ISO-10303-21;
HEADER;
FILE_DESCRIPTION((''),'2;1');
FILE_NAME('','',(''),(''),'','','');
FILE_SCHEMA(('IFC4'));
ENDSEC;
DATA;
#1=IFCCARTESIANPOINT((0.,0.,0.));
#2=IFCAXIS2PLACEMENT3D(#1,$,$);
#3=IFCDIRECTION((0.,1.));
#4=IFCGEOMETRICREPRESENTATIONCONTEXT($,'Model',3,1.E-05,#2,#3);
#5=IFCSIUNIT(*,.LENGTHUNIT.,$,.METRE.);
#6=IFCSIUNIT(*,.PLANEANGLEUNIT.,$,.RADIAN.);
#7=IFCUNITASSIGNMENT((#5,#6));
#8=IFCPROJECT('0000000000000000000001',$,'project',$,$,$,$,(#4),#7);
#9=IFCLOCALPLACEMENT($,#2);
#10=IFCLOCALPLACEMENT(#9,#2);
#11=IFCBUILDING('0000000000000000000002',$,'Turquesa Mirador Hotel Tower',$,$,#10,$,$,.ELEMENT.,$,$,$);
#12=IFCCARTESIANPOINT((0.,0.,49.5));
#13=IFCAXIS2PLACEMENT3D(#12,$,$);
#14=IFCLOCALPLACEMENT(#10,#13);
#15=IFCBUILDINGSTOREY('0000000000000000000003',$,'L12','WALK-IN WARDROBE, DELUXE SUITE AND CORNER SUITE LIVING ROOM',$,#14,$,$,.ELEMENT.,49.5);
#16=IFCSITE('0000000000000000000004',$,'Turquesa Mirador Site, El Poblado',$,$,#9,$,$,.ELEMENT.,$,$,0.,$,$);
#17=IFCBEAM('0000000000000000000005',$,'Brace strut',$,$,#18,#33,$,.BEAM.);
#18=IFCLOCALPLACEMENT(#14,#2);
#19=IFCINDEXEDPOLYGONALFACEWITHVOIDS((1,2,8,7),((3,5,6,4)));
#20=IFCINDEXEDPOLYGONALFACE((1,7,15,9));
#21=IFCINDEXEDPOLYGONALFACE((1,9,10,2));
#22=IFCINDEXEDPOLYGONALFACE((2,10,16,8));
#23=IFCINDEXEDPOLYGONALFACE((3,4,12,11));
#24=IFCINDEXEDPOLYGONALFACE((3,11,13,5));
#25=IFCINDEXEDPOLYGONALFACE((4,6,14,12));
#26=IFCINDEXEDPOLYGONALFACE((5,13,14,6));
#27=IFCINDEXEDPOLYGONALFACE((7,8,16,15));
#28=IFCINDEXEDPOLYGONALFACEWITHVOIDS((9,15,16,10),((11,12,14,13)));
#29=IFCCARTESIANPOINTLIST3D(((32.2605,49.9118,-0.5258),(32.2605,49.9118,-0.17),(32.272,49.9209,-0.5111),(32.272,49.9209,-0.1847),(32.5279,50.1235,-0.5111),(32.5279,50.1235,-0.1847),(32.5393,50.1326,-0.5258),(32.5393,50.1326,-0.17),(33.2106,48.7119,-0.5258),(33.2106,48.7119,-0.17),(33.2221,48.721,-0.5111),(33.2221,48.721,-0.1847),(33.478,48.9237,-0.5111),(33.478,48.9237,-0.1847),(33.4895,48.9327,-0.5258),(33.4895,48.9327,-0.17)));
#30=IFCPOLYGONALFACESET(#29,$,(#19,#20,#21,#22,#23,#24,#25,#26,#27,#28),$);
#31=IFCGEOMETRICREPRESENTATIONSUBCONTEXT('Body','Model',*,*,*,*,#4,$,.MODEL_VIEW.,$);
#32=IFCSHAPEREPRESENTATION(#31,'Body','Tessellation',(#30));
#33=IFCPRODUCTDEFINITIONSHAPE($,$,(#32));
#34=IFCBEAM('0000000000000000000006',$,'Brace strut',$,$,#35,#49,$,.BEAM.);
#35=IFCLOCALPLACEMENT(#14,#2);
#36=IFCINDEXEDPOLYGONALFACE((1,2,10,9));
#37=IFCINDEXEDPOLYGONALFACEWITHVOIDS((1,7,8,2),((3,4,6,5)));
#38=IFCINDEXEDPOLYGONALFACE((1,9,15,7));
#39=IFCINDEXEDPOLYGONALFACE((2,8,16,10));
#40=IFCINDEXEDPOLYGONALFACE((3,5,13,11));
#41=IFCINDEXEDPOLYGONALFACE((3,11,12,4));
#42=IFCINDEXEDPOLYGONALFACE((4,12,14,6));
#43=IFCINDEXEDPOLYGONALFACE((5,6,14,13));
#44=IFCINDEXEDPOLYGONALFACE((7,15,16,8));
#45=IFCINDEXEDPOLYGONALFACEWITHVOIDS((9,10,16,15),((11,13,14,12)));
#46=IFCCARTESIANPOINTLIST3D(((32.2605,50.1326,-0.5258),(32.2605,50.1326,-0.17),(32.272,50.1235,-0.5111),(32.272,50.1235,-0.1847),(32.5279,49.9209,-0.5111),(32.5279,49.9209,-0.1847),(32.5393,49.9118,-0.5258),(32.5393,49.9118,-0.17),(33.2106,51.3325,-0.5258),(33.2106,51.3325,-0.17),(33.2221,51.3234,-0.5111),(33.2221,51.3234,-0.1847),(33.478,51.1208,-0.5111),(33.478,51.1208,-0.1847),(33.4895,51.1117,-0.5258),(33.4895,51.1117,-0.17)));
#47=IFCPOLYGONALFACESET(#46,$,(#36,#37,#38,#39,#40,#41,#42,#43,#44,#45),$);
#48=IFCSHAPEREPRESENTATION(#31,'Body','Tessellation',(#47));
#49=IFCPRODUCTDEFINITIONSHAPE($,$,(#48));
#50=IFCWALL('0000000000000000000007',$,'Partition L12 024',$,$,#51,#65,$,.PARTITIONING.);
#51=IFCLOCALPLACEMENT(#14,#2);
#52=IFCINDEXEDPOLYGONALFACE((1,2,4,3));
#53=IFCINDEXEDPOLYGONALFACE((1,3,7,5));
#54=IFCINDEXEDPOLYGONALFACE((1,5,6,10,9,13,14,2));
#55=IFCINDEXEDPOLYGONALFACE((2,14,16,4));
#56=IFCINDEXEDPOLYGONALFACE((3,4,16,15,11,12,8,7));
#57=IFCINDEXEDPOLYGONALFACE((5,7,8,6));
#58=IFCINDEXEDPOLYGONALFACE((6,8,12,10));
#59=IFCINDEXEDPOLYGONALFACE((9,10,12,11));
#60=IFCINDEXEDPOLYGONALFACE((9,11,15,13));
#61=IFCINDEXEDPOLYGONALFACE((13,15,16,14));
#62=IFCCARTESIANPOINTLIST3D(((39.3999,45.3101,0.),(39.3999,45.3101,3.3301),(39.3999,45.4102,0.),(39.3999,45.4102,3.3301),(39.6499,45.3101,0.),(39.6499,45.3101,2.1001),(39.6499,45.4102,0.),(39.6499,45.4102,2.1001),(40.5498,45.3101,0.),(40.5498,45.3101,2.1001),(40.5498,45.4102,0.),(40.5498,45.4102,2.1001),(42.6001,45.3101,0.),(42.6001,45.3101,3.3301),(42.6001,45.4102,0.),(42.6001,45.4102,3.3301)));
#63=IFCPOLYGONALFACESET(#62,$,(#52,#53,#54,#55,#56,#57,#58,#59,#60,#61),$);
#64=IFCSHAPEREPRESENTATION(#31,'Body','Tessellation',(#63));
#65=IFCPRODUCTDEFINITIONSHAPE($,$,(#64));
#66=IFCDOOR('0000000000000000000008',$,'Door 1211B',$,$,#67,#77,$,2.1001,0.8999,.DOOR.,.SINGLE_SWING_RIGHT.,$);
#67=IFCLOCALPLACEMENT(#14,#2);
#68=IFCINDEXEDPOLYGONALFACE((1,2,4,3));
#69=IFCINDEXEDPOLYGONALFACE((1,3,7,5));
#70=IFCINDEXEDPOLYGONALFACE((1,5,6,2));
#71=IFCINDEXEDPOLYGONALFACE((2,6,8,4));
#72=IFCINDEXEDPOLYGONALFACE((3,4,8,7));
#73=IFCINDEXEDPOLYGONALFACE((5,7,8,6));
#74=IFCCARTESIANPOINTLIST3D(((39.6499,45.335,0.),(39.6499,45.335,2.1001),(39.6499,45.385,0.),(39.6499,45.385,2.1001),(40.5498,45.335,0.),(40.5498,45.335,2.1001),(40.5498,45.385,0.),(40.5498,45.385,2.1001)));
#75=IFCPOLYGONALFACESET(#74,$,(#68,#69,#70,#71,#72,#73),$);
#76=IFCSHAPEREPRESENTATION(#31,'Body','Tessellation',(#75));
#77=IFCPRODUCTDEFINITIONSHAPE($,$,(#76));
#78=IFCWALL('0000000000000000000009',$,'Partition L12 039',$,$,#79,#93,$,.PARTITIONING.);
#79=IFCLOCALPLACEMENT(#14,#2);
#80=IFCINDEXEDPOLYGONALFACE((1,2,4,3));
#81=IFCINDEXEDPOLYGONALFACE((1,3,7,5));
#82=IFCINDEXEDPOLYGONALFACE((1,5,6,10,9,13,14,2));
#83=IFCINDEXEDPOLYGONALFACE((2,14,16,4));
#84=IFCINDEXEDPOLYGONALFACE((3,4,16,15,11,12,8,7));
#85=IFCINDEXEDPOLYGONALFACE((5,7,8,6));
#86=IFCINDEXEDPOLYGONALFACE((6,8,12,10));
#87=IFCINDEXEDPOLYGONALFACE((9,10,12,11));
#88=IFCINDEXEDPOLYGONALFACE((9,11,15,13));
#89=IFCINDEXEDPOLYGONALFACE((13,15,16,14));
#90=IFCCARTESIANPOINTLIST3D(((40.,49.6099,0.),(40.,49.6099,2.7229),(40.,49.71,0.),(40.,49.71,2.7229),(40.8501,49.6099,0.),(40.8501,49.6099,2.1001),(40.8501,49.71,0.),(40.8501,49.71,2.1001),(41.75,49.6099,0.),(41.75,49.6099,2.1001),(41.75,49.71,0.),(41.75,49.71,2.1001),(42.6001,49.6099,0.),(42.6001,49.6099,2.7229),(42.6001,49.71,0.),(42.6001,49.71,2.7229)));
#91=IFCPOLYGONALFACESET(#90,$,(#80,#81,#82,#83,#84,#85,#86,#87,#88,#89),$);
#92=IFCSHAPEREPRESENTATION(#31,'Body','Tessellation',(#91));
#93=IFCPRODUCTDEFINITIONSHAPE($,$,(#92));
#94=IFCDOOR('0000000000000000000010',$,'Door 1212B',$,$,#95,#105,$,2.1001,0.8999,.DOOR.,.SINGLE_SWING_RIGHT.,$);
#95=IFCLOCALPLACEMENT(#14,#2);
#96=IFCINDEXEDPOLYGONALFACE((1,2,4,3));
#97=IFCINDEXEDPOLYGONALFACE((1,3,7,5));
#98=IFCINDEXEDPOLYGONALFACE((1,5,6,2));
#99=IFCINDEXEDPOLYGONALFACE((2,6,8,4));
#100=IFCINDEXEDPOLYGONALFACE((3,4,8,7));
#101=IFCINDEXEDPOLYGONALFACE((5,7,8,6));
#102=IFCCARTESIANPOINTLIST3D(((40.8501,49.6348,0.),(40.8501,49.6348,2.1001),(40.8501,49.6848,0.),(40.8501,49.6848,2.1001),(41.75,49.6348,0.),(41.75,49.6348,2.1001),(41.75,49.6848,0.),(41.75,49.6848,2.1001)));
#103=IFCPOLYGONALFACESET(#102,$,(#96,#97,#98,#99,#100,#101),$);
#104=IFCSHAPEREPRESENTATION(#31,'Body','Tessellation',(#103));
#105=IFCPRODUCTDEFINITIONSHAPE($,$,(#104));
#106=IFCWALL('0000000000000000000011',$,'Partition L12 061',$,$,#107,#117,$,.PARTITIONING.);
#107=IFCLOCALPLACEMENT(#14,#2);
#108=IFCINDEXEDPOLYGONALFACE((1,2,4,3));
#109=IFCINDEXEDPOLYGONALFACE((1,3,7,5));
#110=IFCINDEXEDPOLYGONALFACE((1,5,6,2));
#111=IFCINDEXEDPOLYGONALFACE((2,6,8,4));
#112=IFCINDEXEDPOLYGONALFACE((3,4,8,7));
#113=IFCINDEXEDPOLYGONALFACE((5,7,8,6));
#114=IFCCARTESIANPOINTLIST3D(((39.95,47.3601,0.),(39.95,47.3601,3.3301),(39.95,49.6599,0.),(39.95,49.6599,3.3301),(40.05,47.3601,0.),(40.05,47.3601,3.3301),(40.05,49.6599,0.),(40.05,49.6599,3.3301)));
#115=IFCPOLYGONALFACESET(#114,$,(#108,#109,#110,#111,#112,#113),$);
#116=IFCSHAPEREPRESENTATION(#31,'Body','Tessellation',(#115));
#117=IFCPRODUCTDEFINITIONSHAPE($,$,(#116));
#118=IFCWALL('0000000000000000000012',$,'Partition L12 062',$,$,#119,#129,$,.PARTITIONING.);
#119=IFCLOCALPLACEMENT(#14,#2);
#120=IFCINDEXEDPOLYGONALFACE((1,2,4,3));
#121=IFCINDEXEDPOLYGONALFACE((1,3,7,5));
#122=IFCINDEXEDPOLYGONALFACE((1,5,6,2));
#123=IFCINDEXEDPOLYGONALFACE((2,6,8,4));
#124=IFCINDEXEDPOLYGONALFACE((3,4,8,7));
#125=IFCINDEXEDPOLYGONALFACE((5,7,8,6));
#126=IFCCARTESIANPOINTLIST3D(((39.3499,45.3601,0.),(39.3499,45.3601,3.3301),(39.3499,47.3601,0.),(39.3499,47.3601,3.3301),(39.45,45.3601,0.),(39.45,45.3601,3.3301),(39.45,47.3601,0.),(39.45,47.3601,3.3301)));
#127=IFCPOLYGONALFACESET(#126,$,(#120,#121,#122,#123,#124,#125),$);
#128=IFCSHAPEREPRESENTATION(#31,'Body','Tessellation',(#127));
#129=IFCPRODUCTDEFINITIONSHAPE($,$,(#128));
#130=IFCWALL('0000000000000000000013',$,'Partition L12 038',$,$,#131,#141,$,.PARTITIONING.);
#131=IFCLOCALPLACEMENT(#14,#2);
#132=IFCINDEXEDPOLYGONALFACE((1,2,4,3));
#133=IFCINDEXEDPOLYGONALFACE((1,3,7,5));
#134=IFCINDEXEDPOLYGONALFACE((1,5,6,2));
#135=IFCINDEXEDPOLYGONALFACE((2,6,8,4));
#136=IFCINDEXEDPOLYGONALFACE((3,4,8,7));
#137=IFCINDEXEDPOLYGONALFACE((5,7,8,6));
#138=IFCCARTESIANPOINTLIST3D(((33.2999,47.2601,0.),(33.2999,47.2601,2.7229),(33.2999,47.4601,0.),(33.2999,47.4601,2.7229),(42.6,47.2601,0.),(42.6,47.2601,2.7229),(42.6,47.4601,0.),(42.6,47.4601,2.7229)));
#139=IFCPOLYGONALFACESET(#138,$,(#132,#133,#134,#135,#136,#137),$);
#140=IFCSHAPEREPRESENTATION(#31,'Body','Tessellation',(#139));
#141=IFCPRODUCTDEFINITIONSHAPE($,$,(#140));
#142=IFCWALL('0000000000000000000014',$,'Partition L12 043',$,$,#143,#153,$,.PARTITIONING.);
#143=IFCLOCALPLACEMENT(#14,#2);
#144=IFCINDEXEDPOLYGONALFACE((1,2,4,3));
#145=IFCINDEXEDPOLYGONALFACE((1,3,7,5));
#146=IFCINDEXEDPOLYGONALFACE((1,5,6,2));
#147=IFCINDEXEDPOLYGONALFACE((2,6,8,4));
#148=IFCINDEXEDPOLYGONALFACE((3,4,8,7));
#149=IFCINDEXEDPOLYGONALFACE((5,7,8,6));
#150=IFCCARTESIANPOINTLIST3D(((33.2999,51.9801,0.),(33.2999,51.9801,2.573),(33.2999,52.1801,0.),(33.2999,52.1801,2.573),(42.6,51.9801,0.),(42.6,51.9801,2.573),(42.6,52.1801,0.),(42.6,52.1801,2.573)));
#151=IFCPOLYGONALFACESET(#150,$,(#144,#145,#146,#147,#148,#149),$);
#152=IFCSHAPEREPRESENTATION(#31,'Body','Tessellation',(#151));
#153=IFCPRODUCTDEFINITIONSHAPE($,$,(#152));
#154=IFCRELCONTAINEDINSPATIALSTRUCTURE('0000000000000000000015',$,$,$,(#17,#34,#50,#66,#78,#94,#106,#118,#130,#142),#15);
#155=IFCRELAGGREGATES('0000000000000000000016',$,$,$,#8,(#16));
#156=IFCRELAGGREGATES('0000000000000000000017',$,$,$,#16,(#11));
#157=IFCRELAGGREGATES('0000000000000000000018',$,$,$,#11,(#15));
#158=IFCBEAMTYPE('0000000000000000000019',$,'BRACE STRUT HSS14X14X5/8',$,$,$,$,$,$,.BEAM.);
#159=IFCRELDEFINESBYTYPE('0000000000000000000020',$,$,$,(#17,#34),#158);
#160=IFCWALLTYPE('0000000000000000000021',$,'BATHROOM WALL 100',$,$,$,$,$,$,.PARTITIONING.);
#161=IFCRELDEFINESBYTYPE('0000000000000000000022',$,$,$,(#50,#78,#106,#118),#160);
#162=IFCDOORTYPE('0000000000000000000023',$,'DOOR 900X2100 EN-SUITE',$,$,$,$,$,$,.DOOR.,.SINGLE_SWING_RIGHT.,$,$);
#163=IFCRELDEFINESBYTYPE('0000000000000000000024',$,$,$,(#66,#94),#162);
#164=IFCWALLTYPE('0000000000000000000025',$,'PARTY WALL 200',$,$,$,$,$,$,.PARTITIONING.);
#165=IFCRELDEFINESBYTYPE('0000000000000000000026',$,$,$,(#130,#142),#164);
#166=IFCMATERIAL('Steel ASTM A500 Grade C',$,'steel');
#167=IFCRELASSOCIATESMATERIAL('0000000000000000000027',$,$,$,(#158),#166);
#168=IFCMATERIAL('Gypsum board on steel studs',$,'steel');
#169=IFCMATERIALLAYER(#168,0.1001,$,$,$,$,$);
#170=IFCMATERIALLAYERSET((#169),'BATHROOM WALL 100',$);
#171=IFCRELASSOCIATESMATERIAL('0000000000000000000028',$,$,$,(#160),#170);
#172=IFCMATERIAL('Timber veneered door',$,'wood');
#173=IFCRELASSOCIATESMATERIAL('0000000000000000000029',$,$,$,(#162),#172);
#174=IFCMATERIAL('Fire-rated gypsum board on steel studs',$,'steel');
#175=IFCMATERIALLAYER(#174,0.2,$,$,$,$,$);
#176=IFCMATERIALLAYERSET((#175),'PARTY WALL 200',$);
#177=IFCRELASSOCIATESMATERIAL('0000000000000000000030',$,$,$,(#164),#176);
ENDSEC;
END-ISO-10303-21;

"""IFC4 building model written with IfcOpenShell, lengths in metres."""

from ifc_helpers import new_model, si_unit, direction, frame, frame_2d, origin, origin_2d, place, context, subcontext, project, spatial, rectangle, hollow_rectangle, extrude, material, layer, layer_set, material_profile, profile_set, type_object, element, fill, save


model = new_model("IFC4")

# Units and contexts
model_context = context("Model", 3, precision=1e-05, world=origin(), true_north=direction((0.0, 1.0)))
body_context = subcontext(model_context, "Body", "Model", "MODEL_VIEW")
ifc_project = project(units=[si_unit("LENGTHUNIT", "METRE"), si_unit("PLANEANGLEUNIT", "RADIAN")], contexts=[model_context])

# Site, building, storey
site_placement = place(None, origin())
site = spatial("IfcSite", under=ifc_project, at=site_placement, Name="Turquesa Mirador Site, El Poblado", CompositionType="ELEMENT", RefElevation=0.0)
building_placement = place(site_placement, origin())
building = spatial("IfcBuilding", under=site, at=building_placement, Name="Turquesa Mirador Hotel Tower", CompositionType="ELEMENT")
storey_placement = place(building_placement, frame((0.0, 0.0, 49.5)))
storey = spatial("IfcBuildingStorey", under=building, at=storey_placement, Name="L12", Description="WALK-IN WARDROBE, DELUXE SUITE AND CORNER SUITE LIVING ROOM", CompositionType="ELEMENT", Elevation=49.5)

# Beams
ifc_material_1 = material(Name="Steel ASTM A500 Grade C", Category="steel")
ifc_material_profile_1 = material_profile(ifc_material_1, hollow_rectangle(XDim=0.3557, YDim=0.3557, WallThickness=0.0146, at=origin_2d()), Name="HSS14X14X5/8")
ifc_profile_set_1 = profile_set([ifc_material_profile_1], Name="Steel ASTM A500 Grade C")
beam_type_1 = type_object("IfcBeamType", Name="BRACE STRUT HSS14X14X5/8", PredefinedType="BEAM", material=ifc_profile_set_1)
for number, where, z_axis, x_axis, name in (
    (1, (32.3999, 50.0222, -0.3479), (0.620797, -0.783971, 0.0), (0.783971, 0.620797, 0.0), "Brace strut"),
    (2, (32.3999, 50.0222, -0.3479), (0.620797, 0.783971, 0.0), (-0.783971, 0.620797, 0.0), "Brace strut"),
):
    element("IfcBeam", number, at=place(storey_placement, frame(where, z_axis=z_axis, x_axis=x_axis)), inside=storey, type_object=beam_type_1, Name=name, PredefinedType="BEAM", context=body_context, shape_type="SweptSolid", body=[
        extrude(hollow_rectangle(XDim=0.3557, YDim=0.3557, WallThickness=0.0146, at=origin_2d()), origin(), (0.0, 0.0, 1.0), 1.5305),
    ])

# Walls, openings, doors
ifc_material_2 = material(Name="Gypsum board on steel studs", Category="steel")
ifc_layer_1 = layer(ifc_material_2, 0.1001)
ifc_layer_set_1 = layer_set([ifc_layer_1], Name="BATHROOM WALL 100")
wall_type_1 = type_object("IfcWallType", Name="BATHROOM WALL 100", PredefinedType="PARTITIONING", material=ifc_layer_set_1)
wall_1_placement = place(storey_placement, frame((39.3999, 45.3601, 0.0), z_axis=(0.0, 0.0, 1.0), x_axis=(1.0, 0.0, 0.0)))
wall_1 = element("IfcWall", 3, at=wall_1_placement, inside=storey, type_object=wall_type_1, Name="Partition L12 024", PredefinedType="PARTITIONING", context=body_context, shape_type="SweptSolid", body=[
    extrude(rectangle(XDim=3.2002, YDim=0.1001, at=frame_2d((1.6001, 0.0))), origin(), (0.0, 0.0, 1.0), 3.3301),
])
opening_1_placement = place(wall_1_placement, frame((0.25, 0.0, 0.0)))
opening_1 = element("IfcOpeningElement", 4, at=opening_1_placement, cuts=wall_1, PredefinedType="OPENING", context=body_context, shape_type="SweptSolid", body=[
    extrude(rectangle(XDim=0.8999, YDim=2.1001, at=frame_2d((0.45, 1.05))), frame((0.0, 0.0601, 0.0), z_axis=(0.0, -1.0, 0.0), x_axis=(1.0, 0.0, 0.0)), (0.0, 0.0, 1.0), 0.1201),
])
ifc_material_3 = material(Name="Timber veneered door", Category="wood")
door_type_1 = type_object("IfcDoorType", Name="DOOR 900X2100 EN-SUITE", OperationType="SINGLE_SWING_RIGHT", PredefinedType="DOOR", material=ifc_material_3)
door_1_placement = place(opening_1_placement, origin())
door_1 = element("IfcDoor", 5, at=door_1_placement, inside=storey, type_object=door_type_1, Name="Door 1211B", OperationType="SINGLE_SWING_RIGHT", OverallHeight=2.1001, OverallWidth=0.8999, PredefinedType="DOOR", context=body_context, shape_type="SweptSolid", body=[
    extrude(rectangle(XDim=0.8999, YDim=2.1001, at=frame_2d((0.45, 1.05))), frame((0.0, 0.0249, 0.0), z_axis=(0.0, -1.0, 0.0), x_axis=(1.0, 0.0, 0.0)), (0.0, 0.0, 1.0), 0.05),
])
fill(opening_1, door_1)
wall_2_placement = place(storey_placement, frame((40.0, 49.6599, 0.0), z_axis=(0.0, 0.0, 1.0), x_axis=(1.0, 0.0, 0.0)))
wall_2 = element("IfcWall", 6, at=wall_2_placement, inside=storey, type_object=wall_type_1, Name="Partition L12 039", PredefinedType="PARTITIONING", context=body_context, shape_type="SweptSolid", body=[
    extrude(rectangle(XDim=2.6001, YDim=0.1001, at=frame_2d((1.3, 0.0))), origin(), (0.0, 0.0, 1.0), 2.7229),
])
opening_2_placement = place(wall_2_placement, frame((0.8501, 0.0, 0.0)))
opening_2 = element("IfcOpeningElement", 7, at=opening_2_placement, cuts=wall_2, PredefinedType="OPENING", context=body_context, shape_type="SweptSolid", body=[
    extrude(rectangle(XDim=0.8999, YDim=2.1001, at=frame_2d((0.45, 1.05))), frame((0.0, 0.0601, 0.0), z_axis=(0.0, -1.0, 0.0), x_axis=(1.0, 0.0, 0.0)), (0.0, 0.0, 1.0), 0.1201),
])
door_2_placement = place(opening_2_placement, origin())
door_2 = element("IfcDoor", 8, at=door_2_placement, inside=storey, type_object=door_type_1, Name="Door 1212B", OperationType="SINGLE_SWING_RIGHT", OverallHeight=2.1001, OverallWidth=0.8999, PredefinedType="DOOR", context=body_context, shape_type="SweptSolid", body=[
    extrude(rectangle(XDim=0.8999, YDim=2.1001, at=frame_2d((0.45, 1.05))), frame((0.0, 0.0249, 0.0), z_axis=(0.0, -1.0, 0.0), x_axis=(1.0, 0.0, 0.0)), (0.0, 0.0, 1.0), 0.05),
])
fill(opening_2, door_2)

# Walls
wall_3_placement = place(storey_placement, frame((40.0, 47.3601, 0.0), z_axis=(0.0, 0.0, 1.0), x_axis=(0.0, 1.0, 0.0)))
element("IfcWall", 9, at=wall_3_placement, inside=storey, type_object=wall_type_1, Name="Partition L12 061", PredefinedType="PARTITIONING", context=body_context, shape_type="SweptSolid", body=[
    extrude(rectangle(XDim=2.2998, YDim=0.1001, at=frame_2d((1.1499, 0.0))), origin(), (0.0, 0.0, 1.0), 3.3301),
])
wall_4_placement = place(storey_placement, frame((39.3999, 45.3601, 0.0), z_axis=(0.0, 0.0, 1.0), x_axis=(0.0, 1.0, 0.0)))
element("IfcWall", 10, at=wall_4_placement, inside=storey, type_object=wall_type_1, Name="Partition L12 062", PredefinedType="PARTITIONING", context=body_context, shape_type="SweptSolid", body=[
    extrude(rectangle(XDim=2.0, YDim=0.1001, at=frame_2d((1.0, 0.0))), origin(), (0.0, 0.0, 1.0), 3.3301),
])
ifc_material_4 = material(Name="Fire-rated gypsum board on steel studs", Category="steel")
ifc_layer_2 = layer(ifc_material_4, 0.2)
ifc_layer_set_2 = layer_set([ifc_layer_2], Name="PARTY WALL 200")
wall_type_2 = type_object("IfcWallType", Name="PARTY WALL 200", PredefinedType="PARTITIONING", material=ifc_layer_set_2)
wall_5_placement = place(storey_placement, frame((33.3, 47.3601, 0.0), z_axis=(0.0, 0.0, 1.0), x_axis=(1.0, 0.0, 0.0)))
element("IfcWall", 11, at=wall_5_placement, inside=storey, type_object=wall_type_2, Name="Partition L12 038", PredefinedType="PARTITIONING", context=body_context, shape_type="SweptSolid", body=[
    extrude(rectangle(XDim=9.3, YDim=0.2, at=frame_2d((4.6499, 0.0))), origin(), (0.0, 0.0, 1.0), 2.7229),
])
wall_6_placement = place(storey_placement, frame((33.3, 52.0801, 0.0), z_axis=(0.0, 0.0, 1.0), x_axis=(1.0, 0.0, 0.0)))
element("IfcWall", 12, at=wall_6_placement, inside=storey, type_object=wall_type_2, Name="Partition L12 043", PredefinedType="PARTITIONING", context=body_context, shape_type="SweptSolid", body=[
    extrude(rectangle(XDim=9.3, YDim=0.2, at=frame_2d((4.6499, 0.0))), origin(), (0.0, 0.0, 1.0), 2.573),
])

save(model, "model.ifc")
